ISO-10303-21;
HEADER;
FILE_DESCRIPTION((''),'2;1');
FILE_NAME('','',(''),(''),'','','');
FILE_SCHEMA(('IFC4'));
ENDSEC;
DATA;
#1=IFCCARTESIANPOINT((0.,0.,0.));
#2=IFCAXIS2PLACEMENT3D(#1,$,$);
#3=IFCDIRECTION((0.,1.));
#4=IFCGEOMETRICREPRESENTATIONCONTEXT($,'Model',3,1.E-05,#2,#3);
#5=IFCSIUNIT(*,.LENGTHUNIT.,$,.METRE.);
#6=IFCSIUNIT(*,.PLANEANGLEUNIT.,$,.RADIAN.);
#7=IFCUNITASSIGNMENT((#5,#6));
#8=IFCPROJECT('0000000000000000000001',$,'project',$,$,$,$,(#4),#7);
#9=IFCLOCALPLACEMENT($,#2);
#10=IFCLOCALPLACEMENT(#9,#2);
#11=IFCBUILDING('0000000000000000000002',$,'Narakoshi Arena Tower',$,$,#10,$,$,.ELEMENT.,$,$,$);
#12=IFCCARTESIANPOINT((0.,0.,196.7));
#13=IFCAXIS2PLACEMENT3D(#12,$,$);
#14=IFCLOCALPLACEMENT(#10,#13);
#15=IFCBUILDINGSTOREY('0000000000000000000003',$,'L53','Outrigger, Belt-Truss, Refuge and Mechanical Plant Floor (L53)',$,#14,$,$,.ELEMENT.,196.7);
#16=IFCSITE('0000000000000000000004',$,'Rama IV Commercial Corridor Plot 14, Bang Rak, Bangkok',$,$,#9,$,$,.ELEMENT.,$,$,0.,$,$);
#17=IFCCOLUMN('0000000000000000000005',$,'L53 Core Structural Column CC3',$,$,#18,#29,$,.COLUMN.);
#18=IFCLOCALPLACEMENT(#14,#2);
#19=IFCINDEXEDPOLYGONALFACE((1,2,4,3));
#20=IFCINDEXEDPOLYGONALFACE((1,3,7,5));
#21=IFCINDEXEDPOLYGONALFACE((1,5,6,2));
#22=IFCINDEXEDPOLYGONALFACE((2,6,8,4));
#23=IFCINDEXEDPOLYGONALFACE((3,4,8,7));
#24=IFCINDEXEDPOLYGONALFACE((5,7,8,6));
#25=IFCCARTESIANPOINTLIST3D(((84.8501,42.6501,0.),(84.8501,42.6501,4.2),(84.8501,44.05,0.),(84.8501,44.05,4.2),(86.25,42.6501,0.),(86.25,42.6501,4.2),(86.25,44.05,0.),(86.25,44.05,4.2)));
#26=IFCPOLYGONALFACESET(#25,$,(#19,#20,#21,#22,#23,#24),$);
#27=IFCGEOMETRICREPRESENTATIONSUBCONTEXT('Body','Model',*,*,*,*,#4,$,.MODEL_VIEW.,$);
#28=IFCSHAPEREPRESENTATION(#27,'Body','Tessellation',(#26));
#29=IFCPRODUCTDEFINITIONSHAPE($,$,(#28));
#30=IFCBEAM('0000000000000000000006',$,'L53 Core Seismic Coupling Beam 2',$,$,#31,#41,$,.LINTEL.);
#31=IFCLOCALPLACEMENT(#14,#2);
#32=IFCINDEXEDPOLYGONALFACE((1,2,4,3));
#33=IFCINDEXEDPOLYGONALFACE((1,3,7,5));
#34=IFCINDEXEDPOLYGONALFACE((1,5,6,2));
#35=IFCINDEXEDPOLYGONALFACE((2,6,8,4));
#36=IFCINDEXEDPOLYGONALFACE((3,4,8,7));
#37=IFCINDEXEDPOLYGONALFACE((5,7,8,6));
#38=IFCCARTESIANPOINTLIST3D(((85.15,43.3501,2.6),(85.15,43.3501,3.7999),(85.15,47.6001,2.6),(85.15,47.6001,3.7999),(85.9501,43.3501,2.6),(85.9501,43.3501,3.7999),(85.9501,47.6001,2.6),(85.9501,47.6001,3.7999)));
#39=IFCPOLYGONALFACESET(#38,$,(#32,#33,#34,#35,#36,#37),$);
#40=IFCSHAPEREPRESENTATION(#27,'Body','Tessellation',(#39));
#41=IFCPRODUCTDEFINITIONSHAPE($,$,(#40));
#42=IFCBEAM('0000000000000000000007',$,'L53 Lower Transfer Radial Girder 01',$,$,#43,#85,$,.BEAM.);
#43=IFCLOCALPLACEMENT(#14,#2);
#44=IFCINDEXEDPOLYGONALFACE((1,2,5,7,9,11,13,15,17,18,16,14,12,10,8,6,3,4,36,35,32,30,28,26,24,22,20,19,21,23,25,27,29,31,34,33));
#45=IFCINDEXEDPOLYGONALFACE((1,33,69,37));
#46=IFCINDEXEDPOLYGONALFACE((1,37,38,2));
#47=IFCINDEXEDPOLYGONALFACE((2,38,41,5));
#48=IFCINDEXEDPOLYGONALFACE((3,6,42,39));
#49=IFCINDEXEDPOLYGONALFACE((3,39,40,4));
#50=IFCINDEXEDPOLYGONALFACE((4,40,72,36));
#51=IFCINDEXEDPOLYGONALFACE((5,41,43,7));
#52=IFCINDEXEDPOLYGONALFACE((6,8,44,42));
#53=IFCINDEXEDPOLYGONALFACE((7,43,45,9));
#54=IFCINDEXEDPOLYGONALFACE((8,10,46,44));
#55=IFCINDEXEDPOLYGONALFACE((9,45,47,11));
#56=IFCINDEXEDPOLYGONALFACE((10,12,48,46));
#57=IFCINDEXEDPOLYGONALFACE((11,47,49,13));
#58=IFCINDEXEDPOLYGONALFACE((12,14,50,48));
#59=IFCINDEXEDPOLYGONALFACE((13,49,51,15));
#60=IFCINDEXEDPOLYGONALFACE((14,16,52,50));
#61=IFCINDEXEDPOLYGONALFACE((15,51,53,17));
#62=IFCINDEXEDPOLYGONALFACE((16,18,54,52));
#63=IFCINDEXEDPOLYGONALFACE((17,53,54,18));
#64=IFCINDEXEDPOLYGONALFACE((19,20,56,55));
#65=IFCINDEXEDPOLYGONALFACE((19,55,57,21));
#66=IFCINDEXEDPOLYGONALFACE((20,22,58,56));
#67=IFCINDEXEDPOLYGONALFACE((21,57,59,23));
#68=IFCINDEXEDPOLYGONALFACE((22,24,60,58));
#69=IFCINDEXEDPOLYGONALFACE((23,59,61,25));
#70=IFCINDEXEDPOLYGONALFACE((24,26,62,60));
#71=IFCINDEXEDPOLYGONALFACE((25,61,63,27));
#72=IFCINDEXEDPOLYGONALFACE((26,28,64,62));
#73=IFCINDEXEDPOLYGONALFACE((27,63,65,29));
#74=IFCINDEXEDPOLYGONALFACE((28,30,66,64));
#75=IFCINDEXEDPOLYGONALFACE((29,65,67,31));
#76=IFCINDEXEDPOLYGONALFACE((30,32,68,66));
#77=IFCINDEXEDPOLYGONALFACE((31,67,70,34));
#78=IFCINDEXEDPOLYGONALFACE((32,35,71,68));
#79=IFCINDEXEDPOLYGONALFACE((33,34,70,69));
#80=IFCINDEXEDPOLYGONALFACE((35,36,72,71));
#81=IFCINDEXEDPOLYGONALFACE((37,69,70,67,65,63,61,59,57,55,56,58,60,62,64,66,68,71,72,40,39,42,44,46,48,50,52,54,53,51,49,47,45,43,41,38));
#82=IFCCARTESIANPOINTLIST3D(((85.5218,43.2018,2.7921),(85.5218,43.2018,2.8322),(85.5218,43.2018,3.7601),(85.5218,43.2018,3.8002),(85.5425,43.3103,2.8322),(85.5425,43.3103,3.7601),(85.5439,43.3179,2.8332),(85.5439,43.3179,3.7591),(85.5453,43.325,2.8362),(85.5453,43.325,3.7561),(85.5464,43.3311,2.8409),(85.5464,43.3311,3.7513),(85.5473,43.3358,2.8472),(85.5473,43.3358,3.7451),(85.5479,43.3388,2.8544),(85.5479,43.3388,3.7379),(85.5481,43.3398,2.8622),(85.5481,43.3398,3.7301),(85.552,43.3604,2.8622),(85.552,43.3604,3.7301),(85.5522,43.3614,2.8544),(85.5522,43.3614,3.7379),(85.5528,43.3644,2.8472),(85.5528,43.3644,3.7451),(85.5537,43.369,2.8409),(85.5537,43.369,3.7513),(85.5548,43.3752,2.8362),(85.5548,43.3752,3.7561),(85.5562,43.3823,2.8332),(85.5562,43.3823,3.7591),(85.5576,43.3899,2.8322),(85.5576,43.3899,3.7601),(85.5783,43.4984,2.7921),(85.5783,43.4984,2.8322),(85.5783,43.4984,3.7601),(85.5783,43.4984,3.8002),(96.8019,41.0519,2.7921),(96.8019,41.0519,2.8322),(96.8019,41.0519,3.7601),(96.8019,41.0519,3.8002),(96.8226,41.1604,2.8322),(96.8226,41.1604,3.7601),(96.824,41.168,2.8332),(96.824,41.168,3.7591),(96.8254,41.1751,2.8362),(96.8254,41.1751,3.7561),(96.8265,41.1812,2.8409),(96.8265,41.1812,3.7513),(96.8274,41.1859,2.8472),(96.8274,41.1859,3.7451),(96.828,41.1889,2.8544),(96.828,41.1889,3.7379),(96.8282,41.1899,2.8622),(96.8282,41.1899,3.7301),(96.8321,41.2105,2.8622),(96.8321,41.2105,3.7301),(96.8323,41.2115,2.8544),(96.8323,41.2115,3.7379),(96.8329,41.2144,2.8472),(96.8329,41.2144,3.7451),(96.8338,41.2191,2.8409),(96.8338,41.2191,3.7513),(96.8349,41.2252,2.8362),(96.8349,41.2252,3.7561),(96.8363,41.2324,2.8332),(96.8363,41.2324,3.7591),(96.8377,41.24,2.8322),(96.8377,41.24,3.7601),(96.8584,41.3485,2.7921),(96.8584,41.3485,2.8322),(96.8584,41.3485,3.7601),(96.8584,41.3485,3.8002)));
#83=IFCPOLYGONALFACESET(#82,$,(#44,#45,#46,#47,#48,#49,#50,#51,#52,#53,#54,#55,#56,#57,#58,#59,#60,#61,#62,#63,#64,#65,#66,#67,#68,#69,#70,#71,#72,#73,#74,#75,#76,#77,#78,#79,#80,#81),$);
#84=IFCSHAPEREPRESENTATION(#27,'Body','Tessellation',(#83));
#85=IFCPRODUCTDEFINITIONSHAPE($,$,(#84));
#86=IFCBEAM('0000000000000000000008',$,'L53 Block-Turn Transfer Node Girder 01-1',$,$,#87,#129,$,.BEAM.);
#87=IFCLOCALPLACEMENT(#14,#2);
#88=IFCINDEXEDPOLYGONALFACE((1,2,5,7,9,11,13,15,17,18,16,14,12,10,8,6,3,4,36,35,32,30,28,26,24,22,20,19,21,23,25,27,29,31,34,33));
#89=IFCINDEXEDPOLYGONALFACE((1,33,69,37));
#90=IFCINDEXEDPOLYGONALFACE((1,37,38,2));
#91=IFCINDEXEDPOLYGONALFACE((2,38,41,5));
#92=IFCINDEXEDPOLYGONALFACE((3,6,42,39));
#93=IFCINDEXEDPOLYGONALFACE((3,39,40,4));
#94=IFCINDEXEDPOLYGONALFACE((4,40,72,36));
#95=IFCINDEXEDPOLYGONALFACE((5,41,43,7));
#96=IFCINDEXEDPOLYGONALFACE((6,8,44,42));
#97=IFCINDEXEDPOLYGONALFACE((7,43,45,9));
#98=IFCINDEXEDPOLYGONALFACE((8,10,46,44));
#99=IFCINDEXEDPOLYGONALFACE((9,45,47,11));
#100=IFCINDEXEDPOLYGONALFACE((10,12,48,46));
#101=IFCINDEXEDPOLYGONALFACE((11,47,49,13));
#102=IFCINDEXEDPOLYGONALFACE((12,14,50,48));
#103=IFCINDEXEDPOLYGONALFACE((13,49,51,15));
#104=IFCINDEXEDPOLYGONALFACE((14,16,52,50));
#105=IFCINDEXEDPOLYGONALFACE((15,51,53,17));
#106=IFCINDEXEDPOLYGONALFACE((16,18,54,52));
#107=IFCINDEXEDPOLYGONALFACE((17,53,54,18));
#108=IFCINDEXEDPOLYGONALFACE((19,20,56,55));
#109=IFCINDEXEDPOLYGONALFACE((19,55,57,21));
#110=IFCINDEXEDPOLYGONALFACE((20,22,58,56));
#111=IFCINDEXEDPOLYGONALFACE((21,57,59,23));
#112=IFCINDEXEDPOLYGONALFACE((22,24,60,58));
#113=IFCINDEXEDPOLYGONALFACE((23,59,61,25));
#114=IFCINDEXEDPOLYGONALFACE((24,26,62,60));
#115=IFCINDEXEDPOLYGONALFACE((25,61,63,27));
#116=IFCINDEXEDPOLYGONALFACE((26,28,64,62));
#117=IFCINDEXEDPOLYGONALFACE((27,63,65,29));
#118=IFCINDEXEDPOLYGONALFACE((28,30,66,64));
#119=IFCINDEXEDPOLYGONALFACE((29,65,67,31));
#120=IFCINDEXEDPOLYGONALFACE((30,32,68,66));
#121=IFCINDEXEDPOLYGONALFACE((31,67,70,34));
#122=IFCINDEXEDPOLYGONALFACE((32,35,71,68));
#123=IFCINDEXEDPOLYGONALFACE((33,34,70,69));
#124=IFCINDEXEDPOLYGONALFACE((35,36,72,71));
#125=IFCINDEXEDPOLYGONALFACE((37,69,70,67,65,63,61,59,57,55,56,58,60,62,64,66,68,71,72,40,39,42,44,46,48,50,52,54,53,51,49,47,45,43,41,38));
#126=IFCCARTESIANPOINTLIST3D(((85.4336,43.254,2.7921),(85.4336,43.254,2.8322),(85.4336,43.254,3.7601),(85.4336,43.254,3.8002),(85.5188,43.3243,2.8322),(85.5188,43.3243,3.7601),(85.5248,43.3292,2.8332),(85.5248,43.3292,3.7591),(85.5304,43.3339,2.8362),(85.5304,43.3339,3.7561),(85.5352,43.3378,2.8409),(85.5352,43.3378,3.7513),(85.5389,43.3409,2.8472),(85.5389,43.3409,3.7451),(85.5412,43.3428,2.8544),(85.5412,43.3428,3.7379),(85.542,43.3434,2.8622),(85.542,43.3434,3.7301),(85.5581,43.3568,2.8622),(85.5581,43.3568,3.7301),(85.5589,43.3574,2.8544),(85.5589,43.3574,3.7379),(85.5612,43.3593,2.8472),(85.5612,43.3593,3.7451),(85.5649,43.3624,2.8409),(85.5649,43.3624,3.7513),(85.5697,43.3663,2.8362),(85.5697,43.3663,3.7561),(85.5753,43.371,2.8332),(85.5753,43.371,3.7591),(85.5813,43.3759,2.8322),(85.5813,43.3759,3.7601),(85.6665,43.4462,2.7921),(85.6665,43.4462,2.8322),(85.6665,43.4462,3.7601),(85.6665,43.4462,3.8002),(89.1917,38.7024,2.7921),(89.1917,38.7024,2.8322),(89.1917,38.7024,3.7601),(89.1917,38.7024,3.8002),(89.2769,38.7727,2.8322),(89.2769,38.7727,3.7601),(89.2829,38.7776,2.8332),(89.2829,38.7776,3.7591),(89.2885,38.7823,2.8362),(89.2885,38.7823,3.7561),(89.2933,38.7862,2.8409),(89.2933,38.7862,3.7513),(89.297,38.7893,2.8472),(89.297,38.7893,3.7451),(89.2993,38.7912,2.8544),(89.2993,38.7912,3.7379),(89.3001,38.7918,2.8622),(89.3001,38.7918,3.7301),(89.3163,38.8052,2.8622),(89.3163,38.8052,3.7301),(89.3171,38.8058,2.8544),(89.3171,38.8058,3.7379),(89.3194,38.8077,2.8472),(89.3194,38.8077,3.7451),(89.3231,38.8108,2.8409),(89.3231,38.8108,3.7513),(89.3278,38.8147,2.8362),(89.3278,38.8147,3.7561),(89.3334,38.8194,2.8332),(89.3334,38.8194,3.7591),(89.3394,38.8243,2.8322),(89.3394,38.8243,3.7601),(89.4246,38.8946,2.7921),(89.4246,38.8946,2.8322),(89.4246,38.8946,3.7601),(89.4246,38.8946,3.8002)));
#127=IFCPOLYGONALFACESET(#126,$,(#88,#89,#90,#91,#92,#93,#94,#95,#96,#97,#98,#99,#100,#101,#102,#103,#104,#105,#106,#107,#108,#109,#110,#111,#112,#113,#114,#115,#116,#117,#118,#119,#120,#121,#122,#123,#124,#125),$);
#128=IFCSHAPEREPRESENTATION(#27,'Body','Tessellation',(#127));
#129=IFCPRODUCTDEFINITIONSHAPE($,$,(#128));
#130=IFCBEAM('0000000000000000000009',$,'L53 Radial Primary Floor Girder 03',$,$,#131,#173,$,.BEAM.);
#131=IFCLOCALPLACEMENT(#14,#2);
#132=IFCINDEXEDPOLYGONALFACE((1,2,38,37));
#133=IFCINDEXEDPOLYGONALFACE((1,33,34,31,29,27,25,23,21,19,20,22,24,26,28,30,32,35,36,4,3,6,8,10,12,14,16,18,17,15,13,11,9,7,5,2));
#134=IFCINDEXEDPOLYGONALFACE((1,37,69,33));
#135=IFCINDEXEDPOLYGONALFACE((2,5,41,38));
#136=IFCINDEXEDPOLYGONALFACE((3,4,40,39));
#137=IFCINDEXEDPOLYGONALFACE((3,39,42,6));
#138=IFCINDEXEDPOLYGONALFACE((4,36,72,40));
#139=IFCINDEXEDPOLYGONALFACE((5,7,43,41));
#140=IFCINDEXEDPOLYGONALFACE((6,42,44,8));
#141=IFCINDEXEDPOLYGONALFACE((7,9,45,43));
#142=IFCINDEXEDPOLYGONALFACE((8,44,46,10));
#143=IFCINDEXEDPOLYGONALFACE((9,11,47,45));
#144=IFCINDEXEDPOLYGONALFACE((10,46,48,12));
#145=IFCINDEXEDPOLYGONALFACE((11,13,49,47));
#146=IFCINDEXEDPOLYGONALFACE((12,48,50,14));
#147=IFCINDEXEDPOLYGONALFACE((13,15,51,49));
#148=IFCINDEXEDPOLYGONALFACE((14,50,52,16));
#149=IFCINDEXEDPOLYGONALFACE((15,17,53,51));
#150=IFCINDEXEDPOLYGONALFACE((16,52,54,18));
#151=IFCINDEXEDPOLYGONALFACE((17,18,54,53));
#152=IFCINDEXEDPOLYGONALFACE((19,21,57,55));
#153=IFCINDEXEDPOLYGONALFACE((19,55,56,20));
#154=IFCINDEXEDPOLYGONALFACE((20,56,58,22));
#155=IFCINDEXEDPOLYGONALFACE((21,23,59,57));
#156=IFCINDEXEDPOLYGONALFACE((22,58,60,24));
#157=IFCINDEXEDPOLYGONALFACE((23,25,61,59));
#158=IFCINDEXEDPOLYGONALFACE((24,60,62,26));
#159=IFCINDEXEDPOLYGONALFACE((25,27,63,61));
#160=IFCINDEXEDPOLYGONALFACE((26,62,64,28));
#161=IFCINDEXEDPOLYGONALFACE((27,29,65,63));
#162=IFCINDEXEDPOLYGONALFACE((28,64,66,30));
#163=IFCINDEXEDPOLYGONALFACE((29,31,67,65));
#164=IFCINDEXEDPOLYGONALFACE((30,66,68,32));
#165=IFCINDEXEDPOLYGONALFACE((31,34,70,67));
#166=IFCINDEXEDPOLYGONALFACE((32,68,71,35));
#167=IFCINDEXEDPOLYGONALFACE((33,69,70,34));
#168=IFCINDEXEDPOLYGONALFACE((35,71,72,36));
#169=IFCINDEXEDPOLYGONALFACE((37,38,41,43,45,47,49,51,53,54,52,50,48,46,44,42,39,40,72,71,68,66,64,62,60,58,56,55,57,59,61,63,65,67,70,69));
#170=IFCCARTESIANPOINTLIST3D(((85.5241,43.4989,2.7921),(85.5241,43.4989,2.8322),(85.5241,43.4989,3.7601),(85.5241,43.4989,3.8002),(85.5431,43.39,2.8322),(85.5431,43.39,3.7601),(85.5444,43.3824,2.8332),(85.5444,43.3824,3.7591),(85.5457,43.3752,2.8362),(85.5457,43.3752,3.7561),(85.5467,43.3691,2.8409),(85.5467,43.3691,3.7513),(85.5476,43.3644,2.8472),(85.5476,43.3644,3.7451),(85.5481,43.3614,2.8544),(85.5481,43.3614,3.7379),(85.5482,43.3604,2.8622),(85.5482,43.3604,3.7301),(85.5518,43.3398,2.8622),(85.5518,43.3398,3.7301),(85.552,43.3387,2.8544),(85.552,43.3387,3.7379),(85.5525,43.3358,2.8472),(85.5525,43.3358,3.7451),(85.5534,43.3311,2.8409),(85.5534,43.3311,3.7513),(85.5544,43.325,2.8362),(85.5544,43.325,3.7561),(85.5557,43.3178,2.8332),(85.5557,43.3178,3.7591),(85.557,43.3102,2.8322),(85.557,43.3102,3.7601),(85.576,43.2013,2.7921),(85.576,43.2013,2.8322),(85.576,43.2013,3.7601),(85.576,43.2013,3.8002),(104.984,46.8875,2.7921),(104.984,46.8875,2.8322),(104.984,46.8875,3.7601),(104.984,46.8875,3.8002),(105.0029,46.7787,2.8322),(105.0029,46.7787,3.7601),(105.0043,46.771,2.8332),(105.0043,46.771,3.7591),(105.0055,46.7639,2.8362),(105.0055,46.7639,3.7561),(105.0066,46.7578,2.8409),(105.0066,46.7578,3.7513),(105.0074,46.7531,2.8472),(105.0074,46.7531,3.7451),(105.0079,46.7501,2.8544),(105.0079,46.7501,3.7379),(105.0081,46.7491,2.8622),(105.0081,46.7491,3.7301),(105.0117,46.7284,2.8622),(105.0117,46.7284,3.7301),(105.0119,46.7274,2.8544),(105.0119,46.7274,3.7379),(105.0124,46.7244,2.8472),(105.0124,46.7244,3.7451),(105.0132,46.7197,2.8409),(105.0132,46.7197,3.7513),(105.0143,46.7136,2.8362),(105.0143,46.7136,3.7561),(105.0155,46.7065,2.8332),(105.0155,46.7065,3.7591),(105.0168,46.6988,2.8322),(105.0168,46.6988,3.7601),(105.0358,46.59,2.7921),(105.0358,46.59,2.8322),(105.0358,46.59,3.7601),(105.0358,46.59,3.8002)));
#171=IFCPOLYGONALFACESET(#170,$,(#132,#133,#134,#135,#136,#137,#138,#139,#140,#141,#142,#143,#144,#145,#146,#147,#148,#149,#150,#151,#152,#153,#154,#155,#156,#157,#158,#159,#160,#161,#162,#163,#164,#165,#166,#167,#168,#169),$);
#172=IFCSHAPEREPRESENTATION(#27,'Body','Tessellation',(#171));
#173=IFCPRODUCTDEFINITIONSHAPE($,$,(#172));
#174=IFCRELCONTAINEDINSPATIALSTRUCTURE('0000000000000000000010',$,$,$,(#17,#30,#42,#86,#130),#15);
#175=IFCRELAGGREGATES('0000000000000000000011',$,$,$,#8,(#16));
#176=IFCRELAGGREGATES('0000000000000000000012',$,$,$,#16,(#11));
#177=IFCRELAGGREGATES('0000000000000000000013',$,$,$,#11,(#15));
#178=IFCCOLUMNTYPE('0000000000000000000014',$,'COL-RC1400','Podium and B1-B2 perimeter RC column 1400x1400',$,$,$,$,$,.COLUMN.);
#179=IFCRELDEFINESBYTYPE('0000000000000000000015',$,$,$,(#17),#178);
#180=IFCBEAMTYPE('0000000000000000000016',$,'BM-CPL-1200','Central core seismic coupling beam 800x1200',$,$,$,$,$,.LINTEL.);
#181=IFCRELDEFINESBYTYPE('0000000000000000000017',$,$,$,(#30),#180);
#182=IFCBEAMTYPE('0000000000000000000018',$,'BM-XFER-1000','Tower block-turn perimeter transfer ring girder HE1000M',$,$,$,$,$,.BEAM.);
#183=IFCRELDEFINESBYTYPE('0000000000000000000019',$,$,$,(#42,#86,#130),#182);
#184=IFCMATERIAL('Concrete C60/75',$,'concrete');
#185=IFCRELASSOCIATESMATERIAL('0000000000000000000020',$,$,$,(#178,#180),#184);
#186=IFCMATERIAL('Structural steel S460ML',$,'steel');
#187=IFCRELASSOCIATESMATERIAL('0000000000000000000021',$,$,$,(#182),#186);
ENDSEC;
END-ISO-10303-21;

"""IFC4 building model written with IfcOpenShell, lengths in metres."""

from ifc_helpers import new_model, si_unit, direction, frame, origin, origin_2d, place, context, subcontext, project, spatial, rectangle, i_section, extrude, material, material_profile, profile_set, type_object, element, save


model = new_model("IFC4")

# Units and contexts
model_context = context("Model", 3, precision=1e-05, world=origin(), true_north=direction((0.0, 1.0)))
body_context = subcontext(model_context, "Body", "Model", "MODEL_VIEW")
ifc_project = project(units=[si_unit("LENGTHUNIT", "METRE"), si_unit("PLANEANGLEUNIT", "RADIAN")], contexts=[model_context])

# Site, building, storey
site_placement = place(None, origin())
site = spatial("IfcSite", under=ifc_project, at=site_placement, Name="Rama IV Commercial Corridor Plot 14, Bang Rak, Bangkok", CompositionType="ELEMENT", RefElevation=0.0)
building_placement = place(site_placement, origin())
building = spatial("IfcBuilding", under=site, at=building_placement, Name="Narakoshi Arena Tower", CompositionType="ELEMENT")
storey_placement = place(building_placement, frame((0.0, 0.0, 196.7)))
storey = spatial("IfcBuildingStorey", under=building, at=storey_placement, Name="L53", Description="Outrigger, Belt-Truss, Refuge and Mechanical Plant Floor (L53)", CompositionType="ELEMENT", Elevation=196.7)

# Column
ifc_material_1 = material(Name="Concrete C60/75", Category="concrete")
ifc_material_profile_1 = material_profile(ifc_material_1, rectangle(XDim=1.3999, YDim=1.3999, at=origin_2d()), Name="RC1400x1400")
ifc_profile_set_1 = profile_set([ifc_material_profile_1], Name="Concrete C60/75")
column_type = type_object("IfcColumnType", Name="COL-RC1400", Description="Podium and B1-B2 perimeter RC column 1400x1400", PredefinedType="COLUMN", material=ifc_profile_set_1)
column_placement = place(storey_placement, frame((85.55, 43.3501, 0.0), z_axis=(0.0, 0.0, 1.0), x_axis=(1.0, 0.0, 0.0)))
element("IfcColumn", 1, at=column_placement, inside=storey, type_object=column_type, Name="L53 Core Structural Column CC3", PredefinedType="COLUMN", context=body_context, shape_type="SweptSolid", body=[
    extrude(rectangle(XDim=1.3999, YDim=1.3999, at=origin_2d()), origin(), (0.0, 0.0, 1.0), 4.2),
])

# Beams
ifc_material_profile_2 = material_profile(ifc_material_1, rectangle(XDim=0.8, YDim=1.2, at=origin_2d()), Name="RCB800x1200")
ifc_profile_set_2 = profile_set([ifc_material_profile_2], Name="Concrete C60/75")
beam_type_1 = type_object("IfcBeamType", Name="BM-CPL-1200", Description="Central core seismic coupling beam 800x1200", PredefinedType="LINTEL", material=ifc_profile_set_2)
beam_1_placement = place(storey_placement, frame((85.55, 43.3501, 3.2), z_axis=(0.0, 1.0, 0.0), x_axis=(-1.0, 0.0, 0.0)))
element("IfcBeam", 2, at=beam_1_placement, inside=storey, type_object=beam_type_1, Name="L53 Core Seismic Coupling Beam 2", PredefinedType="LINTEL", context=body_context, shape_type="SweptSolid", body=[
    extrude(rectangle(XDim=0.8, YDim=1.2, at=origin_2d()), origin(), (0.0, 0.0, 1.0), 4.25),
])
ifc_material_2 = material(Name="Structural steel S460ML", Category="steel")
ifc_material_profile_3 = material_profile(ifc_material_2, i_section(OverallWidth=0.302, OverallDepth=1.0081, WebThickness=0.021, FlangeThickness=0.04, FilletRadius=0.03, at=origin_2d()), Name="HE1000M")
ifc_profile_set_3 = profile_set([ifc_material_profile_3], Name="Structural steel S460ML")
beam_type_2 = type_object("IfcBeamType", Name="BM-XFER-1000", Description="Tower block-turn perimeter transfer ring girder HE1000M", PredefinedType="BEAM", material=ifc_profile_set_3)
beam_2_placement = place(storey_placement, frame((85.55, 43.3501, 3.2961), z_axis=(0.982317, -0.187223, 0.0), x_axis=(0.187223, 0.982317, 0.0)))
element("IfcBeam", 3, at=beam_2_placement, inside=storey, type_object=beam_type_2, Name="L53 Lower Transfer Radial Girder 01", PredefinedType="BEAM", context=body_context, shape_type="SweptSolid", body=[
    extrude(i_section(OverallWidth=0.302, OverallDepth=1.0081, WebThickness=0.021, FlangeThickness=0.04, FilletRadius=0.03, at=origin_2d()), origin(), (0.0, 0.0, 1.0), 11.4832),
])
beam_3_placement = place(storey_placement, frame((85.55, 43.3501, 3.2961), z_axis=(0.636691, -0.771119, 0.0), x_axis=(0.771119, 0.636691, 0.0)))
element("IfcBeam", 4, at=beam_3_placement, inside=storey, type_object=beam_type_2, Name="L53 Block-Turn Transfer Node Girder 01-1", PredefinedType="BEAM", context=body_context, shape_type="SweptSolid", body=[
    extrude(i_section(OverallWidth=0.302, OverallDepth=1.0081, WebThickness=0.021, FlangeThickness=0.04, FilletRadius=0.03, at=origin_2d()), origin(), (0.0, 0.0, 1.0), 5.9026),
])
beam_4_placement = place(storey_placement, frame((85.55, 43.3501, 3.2961), z_axis=(0.985175, 0.171554, 0.0), x_axis=(-0.171554, 0.985175, 0.0)))
element("IfcBeam", 5, at=beam_4_placement, inside=storey, type_object=beam_type_2, Name="L53 Radial Primary Floor Girder 03", PredefinedType="BEAM", context=body_context, shape_type="SweptSolid", body=[
    extrude(i_section(OverallWidth=0.302, OverallDepth=1.0081, WebThickness=0.021, FlangeThickness=0.04, FilletRadius=0.03, at=origin_2d()), origin(), (0.0, 0.0, 1.0), 19.7527),
])

save(model, "model.ifc")
